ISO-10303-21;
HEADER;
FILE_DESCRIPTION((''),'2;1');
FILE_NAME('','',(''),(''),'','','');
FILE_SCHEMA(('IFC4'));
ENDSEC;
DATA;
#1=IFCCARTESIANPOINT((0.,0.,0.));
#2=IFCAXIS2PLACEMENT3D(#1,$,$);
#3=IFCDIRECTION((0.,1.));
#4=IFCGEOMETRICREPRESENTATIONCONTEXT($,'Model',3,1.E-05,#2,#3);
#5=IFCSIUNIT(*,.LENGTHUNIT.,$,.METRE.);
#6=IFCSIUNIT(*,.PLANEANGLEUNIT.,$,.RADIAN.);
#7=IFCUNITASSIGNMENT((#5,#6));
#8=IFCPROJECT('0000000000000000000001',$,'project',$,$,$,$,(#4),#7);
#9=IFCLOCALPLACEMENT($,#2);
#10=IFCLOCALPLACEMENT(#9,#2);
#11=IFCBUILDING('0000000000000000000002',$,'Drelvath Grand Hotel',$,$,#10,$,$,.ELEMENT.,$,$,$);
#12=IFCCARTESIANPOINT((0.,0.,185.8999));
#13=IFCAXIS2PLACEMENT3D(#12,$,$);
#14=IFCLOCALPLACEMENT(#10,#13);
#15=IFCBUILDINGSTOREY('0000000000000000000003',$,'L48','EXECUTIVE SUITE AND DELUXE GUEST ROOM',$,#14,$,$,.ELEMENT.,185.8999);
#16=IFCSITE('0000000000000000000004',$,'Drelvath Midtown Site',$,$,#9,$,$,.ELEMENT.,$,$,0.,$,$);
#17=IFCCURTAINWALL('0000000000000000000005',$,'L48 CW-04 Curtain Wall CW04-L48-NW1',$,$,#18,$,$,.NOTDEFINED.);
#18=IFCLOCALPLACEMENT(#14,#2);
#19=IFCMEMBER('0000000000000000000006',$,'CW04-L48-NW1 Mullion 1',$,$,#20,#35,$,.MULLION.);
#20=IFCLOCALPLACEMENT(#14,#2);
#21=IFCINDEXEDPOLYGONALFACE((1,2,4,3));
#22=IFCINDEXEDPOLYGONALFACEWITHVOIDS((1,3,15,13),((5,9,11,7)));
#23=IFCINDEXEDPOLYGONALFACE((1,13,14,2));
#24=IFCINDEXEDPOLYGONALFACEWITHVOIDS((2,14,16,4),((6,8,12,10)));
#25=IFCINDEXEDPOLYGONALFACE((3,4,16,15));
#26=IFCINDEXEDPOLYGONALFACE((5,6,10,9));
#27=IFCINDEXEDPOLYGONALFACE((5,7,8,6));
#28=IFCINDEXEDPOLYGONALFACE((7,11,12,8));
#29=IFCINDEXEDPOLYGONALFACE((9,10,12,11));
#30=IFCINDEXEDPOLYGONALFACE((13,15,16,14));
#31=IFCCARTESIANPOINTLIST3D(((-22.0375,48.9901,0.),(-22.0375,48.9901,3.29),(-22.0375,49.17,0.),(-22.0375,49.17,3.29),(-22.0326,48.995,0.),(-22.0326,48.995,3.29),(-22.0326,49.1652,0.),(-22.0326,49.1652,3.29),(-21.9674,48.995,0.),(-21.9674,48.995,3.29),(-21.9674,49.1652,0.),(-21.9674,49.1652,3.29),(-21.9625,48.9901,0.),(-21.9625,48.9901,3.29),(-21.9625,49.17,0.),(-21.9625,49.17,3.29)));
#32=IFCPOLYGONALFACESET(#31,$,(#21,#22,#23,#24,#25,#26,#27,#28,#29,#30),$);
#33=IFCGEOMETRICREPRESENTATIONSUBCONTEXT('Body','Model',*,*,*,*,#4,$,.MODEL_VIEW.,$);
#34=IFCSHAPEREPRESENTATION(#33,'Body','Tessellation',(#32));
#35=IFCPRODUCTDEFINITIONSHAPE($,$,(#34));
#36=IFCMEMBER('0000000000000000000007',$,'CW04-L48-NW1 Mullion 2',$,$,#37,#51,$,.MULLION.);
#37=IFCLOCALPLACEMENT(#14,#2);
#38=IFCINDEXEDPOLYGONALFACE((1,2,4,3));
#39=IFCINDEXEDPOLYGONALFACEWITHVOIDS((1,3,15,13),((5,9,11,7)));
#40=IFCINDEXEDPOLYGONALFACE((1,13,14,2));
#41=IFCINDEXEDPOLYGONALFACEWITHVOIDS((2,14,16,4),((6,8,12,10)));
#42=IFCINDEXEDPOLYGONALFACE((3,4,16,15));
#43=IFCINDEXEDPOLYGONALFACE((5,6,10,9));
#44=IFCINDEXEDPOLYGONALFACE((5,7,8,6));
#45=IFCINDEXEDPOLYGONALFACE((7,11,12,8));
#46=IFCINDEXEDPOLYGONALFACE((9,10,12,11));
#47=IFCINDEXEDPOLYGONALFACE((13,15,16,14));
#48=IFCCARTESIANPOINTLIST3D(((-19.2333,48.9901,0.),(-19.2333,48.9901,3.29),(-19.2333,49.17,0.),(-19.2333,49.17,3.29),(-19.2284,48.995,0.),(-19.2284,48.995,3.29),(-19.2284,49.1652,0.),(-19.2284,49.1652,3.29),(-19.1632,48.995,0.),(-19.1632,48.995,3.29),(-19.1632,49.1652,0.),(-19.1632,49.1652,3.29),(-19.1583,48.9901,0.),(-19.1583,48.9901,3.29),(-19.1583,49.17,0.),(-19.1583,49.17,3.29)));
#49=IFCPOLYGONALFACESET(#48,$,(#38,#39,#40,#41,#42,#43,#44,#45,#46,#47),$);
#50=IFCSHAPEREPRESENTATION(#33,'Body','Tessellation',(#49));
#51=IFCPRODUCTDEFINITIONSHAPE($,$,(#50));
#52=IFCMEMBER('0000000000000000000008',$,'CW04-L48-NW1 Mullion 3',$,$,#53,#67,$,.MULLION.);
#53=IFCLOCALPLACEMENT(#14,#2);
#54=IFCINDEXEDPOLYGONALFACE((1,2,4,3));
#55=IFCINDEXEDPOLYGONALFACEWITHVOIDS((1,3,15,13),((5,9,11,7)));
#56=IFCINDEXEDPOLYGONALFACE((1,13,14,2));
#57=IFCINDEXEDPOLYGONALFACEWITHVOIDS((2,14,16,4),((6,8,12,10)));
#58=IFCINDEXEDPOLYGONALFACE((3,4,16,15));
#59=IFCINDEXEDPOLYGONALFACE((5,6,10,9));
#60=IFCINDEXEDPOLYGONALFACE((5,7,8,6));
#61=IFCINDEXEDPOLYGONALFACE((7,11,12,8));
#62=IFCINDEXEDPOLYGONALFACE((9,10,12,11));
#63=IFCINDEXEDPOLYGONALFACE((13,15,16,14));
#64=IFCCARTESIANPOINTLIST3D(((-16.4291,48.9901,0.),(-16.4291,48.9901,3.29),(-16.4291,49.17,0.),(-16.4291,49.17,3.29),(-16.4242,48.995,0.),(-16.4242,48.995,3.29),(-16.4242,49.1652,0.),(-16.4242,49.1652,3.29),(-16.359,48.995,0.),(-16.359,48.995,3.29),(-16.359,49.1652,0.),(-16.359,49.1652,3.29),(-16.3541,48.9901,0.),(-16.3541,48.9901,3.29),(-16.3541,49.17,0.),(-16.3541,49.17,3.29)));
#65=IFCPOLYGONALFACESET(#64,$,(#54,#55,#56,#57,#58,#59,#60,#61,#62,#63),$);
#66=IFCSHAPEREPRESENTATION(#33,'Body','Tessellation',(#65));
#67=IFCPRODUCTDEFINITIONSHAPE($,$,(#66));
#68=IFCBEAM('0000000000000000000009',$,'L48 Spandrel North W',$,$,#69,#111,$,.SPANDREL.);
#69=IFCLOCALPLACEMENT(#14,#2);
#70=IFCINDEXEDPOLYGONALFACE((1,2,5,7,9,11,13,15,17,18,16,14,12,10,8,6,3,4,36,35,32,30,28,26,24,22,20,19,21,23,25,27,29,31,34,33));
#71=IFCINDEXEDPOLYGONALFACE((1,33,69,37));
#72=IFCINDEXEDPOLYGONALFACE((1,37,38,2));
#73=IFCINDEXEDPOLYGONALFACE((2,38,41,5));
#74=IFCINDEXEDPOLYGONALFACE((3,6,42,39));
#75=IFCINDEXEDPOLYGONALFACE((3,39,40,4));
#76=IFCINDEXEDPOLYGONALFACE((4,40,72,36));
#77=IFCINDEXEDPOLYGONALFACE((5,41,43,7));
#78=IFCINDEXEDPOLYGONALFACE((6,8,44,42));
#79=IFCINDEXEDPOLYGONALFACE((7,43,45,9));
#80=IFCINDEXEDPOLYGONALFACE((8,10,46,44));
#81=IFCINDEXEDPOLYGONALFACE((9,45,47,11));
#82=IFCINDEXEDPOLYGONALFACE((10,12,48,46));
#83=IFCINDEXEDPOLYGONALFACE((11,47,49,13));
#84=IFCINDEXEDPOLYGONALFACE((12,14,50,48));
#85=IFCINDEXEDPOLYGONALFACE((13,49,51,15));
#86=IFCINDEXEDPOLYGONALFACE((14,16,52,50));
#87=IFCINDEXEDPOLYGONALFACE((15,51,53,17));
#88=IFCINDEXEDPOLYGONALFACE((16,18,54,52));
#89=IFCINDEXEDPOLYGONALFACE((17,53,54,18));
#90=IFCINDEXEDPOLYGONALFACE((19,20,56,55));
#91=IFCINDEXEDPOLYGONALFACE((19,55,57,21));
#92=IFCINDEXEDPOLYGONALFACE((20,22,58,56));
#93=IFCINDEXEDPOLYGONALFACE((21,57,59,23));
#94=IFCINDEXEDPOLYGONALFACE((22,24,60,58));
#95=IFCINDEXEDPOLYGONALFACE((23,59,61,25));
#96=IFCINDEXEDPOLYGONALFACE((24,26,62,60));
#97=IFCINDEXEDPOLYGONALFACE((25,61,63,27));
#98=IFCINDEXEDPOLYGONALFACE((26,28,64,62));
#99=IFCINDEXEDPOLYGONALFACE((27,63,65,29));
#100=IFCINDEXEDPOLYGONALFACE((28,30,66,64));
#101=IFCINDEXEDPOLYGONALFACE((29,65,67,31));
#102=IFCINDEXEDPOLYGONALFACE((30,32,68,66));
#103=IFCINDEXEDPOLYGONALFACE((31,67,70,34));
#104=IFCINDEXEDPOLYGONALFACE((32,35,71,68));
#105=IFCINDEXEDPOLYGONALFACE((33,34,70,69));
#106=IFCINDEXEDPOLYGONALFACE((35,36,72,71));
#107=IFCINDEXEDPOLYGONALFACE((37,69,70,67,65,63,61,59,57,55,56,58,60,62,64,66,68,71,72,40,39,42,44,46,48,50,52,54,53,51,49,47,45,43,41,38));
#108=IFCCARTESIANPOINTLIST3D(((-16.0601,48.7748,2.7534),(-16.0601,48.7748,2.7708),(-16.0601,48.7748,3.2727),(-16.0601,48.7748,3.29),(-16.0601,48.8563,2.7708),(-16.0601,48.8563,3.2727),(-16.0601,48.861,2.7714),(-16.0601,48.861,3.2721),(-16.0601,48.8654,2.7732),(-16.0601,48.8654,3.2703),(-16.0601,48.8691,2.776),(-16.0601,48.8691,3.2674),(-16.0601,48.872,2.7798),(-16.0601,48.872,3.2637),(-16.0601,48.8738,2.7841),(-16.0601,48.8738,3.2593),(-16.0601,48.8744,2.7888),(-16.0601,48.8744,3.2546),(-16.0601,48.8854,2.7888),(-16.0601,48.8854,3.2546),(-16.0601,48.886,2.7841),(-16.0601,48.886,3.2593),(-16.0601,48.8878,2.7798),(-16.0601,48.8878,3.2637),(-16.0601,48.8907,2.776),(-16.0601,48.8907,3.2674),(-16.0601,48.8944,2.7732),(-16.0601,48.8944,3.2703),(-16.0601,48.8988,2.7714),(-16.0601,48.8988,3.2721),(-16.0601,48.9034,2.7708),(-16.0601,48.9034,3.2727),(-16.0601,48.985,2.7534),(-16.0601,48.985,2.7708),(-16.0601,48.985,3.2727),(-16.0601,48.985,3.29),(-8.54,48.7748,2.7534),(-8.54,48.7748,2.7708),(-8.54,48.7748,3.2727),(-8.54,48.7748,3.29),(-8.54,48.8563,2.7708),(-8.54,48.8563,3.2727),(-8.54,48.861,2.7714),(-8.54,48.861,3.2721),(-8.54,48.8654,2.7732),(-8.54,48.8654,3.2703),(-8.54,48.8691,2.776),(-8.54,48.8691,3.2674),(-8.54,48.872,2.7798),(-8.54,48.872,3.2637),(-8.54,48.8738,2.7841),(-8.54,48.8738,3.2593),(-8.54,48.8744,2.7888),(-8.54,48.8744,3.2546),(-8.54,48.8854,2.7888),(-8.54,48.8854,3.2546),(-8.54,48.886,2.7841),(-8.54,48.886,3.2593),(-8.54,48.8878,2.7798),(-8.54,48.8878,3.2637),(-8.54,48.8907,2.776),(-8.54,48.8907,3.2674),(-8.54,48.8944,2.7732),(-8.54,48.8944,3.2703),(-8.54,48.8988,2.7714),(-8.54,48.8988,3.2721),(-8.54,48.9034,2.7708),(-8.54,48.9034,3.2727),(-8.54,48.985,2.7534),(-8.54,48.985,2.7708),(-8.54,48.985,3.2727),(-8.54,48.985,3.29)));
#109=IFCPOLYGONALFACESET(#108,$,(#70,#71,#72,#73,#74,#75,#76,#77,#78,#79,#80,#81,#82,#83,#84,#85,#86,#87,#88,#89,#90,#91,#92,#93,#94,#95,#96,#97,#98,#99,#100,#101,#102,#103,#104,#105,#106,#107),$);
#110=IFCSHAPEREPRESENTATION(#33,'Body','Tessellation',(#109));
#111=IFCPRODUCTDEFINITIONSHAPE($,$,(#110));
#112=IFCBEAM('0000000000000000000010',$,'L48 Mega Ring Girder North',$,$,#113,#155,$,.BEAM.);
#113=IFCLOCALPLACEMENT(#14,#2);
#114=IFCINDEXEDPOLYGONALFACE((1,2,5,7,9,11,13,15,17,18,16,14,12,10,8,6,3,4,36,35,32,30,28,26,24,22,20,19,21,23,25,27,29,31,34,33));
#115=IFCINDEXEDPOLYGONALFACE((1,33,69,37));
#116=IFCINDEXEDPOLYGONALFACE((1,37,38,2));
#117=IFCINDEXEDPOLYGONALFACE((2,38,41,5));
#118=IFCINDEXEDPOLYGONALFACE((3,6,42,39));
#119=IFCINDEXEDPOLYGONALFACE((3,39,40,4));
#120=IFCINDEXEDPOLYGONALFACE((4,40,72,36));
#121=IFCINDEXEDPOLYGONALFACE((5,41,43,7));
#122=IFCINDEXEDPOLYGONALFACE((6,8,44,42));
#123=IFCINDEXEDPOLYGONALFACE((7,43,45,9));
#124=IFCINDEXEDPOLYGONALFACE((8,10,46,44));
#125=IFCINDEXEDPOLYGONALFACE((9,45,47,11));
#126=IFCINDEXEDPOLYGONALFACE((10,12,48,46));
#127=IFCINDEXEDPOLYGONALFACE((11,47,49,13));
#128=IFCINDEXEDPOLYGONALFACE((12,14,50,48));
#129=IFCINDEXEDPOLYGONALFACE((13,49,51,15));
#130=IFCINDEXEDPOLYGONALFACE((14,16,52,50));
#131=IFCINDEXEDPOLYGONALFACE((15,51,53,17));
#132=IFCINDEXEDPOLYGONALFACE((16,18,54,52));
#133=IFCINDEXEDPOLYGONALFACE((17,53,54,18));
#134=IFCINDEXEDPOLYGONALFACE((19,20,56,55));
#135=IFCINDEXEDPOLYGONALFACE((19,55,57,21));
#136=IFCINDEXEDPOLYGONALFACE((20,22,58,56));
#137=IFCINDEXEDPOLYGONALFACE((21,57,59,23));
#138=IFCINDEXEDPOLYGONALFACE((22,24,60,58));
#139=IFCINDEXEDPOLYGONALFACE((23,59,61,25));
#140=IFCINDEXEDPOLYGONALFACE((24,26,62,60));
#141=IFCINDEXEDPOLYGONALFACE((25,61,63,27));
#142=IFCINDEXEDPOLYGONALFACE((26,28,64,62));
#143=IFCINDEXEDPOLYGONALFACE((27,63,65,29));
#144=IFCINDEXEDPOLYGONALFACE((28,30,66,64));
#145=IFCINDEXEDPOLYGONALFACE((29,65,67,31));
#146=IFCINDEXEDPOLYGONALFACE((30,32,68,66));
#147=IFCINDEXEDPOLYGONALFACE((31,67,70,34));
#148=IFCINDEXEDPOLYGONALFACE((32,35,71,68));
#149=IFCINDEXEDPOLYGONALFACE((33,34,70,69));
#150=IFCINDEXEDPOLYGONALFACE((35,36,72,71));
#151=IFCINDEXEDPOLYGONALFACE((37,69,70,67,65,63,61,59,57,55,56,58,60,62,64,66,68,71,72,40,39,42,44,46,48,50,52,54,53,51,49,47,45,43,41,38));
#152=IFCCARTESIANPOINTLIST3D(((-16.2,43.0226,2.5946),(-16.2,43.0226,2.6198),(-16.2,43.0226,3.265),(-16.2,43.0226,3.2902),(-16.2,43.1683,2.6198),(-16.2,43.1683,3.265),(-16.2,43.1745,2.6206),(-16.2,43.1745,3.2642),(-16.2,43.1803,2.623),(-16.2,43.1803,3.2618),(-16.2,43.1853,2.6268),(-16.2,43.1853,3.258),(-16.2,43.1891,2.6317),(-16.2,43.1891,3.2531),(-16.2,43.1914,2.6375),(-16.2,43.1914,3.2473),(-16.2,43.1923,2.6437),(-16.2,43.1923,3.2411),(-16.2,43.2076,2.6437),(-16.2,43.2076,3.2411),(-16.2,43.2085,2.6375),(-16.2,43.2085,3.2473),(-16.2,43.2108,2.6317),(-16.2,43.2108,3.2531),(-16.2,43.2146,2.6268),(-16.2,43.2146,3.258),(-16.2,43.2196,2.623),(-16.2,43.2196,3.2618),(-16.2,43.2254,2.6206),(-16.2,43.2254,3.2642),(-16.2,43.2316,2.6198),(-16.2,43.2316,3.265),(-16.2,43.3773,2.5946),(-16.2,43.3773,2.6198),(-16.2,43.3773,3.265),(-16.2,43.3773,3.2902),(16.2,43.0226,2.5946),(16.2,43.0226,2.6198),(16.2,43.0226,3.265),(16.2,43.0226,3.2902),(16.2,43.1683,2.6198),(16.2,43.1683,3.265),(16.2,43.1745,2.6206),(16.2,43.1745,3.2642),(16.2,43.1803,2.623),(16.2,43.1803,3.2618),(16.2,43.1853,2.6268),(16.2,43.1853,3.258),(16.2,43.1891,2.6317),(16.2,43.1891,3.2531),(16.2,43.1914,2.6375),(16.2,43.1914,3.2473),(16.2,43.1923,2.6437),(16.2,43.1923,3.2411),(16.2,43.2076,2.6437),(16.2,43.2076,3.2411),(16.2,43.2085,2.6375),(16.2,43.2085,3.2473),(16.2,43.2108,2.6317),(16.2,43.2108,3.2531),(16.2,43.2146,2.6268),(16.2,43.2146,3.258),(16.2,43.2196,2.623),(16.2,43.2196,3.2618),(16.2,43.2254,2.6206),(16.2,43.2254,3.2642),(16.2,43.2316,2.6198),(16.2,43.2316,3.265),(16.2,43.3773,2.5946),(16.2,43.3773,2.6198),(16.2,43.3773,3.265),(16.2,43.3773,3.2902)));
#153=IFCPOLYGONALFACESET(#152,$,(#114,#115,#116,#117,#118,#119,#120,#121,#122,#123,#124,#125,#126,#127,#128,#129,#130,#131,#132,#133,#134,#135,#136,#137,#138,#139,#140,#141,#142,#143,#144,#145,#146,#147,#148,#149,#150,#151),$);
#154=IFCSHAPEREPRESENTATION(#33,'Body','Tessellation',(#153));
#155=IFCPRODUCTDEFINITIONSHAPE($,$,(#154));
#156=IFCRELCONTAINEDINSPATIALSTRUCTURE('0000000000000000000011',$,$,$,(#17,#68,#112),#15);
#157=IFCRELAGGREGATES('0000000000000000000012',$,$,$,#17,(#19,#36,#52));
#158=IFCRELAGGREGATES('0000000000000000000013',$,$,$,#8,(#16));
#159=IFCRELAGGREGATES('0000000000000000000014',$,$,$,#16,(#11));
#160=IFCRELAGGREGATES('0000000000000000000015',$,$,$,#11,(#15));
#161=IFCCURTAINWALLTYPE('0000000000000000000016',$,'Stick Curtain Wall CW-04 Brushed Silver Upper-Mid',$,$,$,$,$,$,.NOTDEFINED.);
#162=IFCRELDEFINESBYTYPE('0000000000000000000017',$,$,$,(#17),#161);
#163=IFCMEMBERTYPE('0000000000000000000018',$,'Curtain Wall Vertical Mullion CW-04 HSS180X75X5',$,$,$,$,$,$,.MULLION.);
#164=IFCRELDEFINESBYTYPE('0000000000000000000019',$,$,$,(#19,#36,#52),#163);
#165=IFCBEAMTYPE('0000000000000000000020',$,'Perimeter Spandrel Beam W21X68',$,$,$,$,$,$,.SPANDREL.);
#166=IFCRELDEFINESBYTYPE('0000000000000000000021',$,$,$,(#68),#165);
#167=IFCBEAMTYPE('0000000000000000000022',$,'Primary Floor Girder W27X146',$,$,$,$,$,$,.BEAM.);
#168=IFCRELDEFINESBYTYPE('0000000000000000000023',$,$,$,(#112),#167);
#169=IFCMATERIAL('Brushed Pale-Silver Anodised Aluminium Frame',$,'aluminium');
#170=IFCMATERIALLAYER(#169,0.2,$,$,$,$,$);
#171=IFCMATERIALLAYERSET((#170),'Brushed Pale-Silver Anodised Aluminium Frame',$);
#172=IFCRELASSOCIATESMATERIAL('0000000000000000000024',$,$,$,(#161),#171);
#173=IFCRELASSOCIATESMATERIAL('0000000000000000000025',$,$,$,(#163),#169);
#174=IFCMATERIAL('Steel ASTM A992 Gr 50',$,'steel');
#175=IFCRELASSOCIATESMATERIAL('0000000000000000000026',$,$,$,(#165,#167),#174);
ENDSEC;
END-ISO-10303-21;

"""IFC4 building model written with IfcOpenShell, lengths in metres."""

from ifc_helpers import new_model, si_unit, direction, frame, origin, origin_2d, place, context, subcontext, project, spatial, hollow_rectangle, i_section, extrude, material, layer, layer_set, material_profile, profile_set, type_object, element, aggregate, save


model = new_model("IFC4")

# Units and contexts
model_context = context("Model", 3, precision=1e-05, world=origin(), true_north=direction((0.0, 1.0)))
body_context = subcontext(model_context, "Body", "Model", "MODEL_VIEW")
ifc_project = project(units=[si_unit("LENGTHUNIT", "METRE"), si_unit("PLANEANGLEUNIT", "RADIAN")], contexts=[model_context])

# Site, building, storey
site_placement = place(None, origin())
site = spatial("IfcSite", under=ifc_project, at=site_placement, Name="Drelvath Midtown Site", CompositionType="ELEMENT", RefElevation=0.0)
building_placement = place(site_placement, origin())
building = spatial("IfcBuilding", under=site, at=building_placement, Name="Drelvath Grand Hotel", CompositionType="ELEMENT")
storey_placement = place(building_placement, frame((0.0, 0.0, 185.8999)))
storey = spatial("IfcBuildingStorey", under=building, at=storey_placement, Name="L48", Description="EXECUTIVE SUITE AND DELUXE GUEST ROOM", CompositionType="ELEMENT", Elevation=185.8999)

# Shared definitions
ifc_material_1 = material(Name="Steel ASTM A992 Gr 50", Category="steel")

# Curtain wall, members
ifc_material_2 = material(Name="Brushed Pale-Silver Anodised Aluminium Frame", Category="aluminium")
ifc_layer_1 = layer(ifc_material_2, 0.2)
ifc_layer_set_1 = layer_set([ifc_layer_1], Name="Brushed Pale-Silver Anodised Aluminium Frame")
curtain_wall_type = type_object("IfcCurtainWallType", Name="Stick Curtain Wall CW-04 Brushed Silver Upper-Mid", PredefinedType="NOTDEFINED", material=ifc_layer_set_1)
curtain_wall_placement = place(storey_placement, origin())
curtain_wall = element("IfcCurtainWall", 1, at=curtain_wall_placement, inside=storey, type_object=curtain_wall_type, Name="L48 CW-04 Curtain Wall CW04-L48-NW1", PredefinedType="NOTDEFINED")
ifc_material_profile_1 = material_profile(ifc_material_2, hollow_rectangle(XDim=0.075, YDim=0.1799, WallThickness=0.0049, at=origin_2d()), Name="HSS180X75X5")
ifc_profile_set_1 = profile_set([ifc_material_profile_1], Name="Brushed Pale-Silver Anodised Aluminium Frame")
member_type_1 = type_object("IfcMemberType", Name="Curtain Wall Vertical Mullion CW-04 HSS180X75X5", PredefinedType="MULLION", material=ifc_profile_set_1)
member_1_placement = place(storey_placement, frame((-22.0, 49.0801, 0.0), z_axis=(0.0, 0.0, 1.0), x_axis=(1.0, 0.0, 0.0)))
member_1 = element("IfcMember", 2, at=member_1_placement, type_object=member_type_1, Name="CW04-L48-NW1 Mullion 1", PredefinedType="MULLION", context=body_context, shape_type="SweptSolid", body=[
    extrude(hollow_rectangle(XDim=0.075, YDim=0.1799, WallThickness=0.0049, at=origin_2d()), origin(), (0.0, 0.0, 1.0), 3.29),
])
member_2_placement = place(storey_placement, frame((-19.1958, 49.0801, 0.0), z_axis=(0.0, 0.0, 1.0), x_axis=(1.0, 0.0, 0.0)))
member_2 = element("IfcMember", 3, at=member_2_placement, type_object=member_type_1, Name="CW04-L48-NW1 Mullion 2", PredefinedType="MULLION", context=body_context, shape_type="SweptSolid", body=[
    extrude(hollow_rectangle(XDim=0.075, YDim=0.1799, WallThickness=0.0049, at=origin_2d()), origin(), (0.0, 0.0, 1.0), 3.29),
])
member_3_placement = place(storey_placement, frame((-16.3916, 49.0801, 0.0), z_axis=(0.0, 0.0, 1.0), x_axis=(1.0, 0.0, 0.0)))
member_3 = element("IfcMember", 4, at=member_3_placement, type_object=member_type_1, Name="CW04-L48-NW1 Mullion 3", PredefinedType="MULLION", context=body_context, shape_type="SweptSolid", body=[
    extrude(hollow_rectangle(XDim=0.075, YDim=0.1799, WallThickness=0.0049, at=origin_2d()), origin(), (0.0, 0.0, 1.0), 3.29),
])

# Beams
ifc_material_profile_2 = material_profile(ifc_material_1, i_section(OverallWidth=0.2102, OverallDepth=0.5366, WebThickness=0.011, FlangeThickness=0.0173, FilletRadius=0.0181, at=origin_2d()), Name="W21X68")
ifc_profile_set_2 = profile_set([ifc_material_profile_2], Name="Steel ASTM A992 Gr 50")
beam_type_1 = type_object("IfcBeamType", Name="Perimeter Spandrel Beam W21X68", PredefinedType="SPANDREL", material=ifc_profile_set_2)
beam_1_placement = place(storey_placement, frame((-16.0601, 48.8799, 3.0217), z_axis=(1.0, 0.0, 0.0), x_axis=(0.0, 1.0, 0.0)))
element("IfcBeam", 5, at=beam_1_placement, inside=storey, type_object=beam_type_1, Name="L48 Spandrel North W", PredefinedType="SPANDREL", context=body_context, shape_type="SweptSolid", body=[
    extrude(i_section(OverallWidth=0.2102, OverallDepth=0.5366, WebThickness=0.011, FlangeThickness=0.0173, FilletRadius=0.0181, at=origin_2d()), origin(), (0.0, 0.0, 1.0), 7.52),
])
ifc_material_profile_3 = material_profile(ifc_material_1, i_section(OverallWidth=0.3547, OverallDepth=0.6956, WebThickness=0.0154, FlangeThickness=0.0251, FilletRadius=0.0239, at=origin_2d()), Name="W27X146")
ifc_profile_set_3 = profile_set([ifc_material_profile_3], Name="Steel ASTM A992 Gr 50")
beam_type_2 = type_object("IfcBeamType", Name="Primary Floor Girder W27X146", PredefinedType="BEAM", material=ifc_profile_set_3)
beam_2_placement = place(storey_placement, frame((-16.2, 43.2, 2.9424), z_axis=(1.0, 0.0, 0.0), x_axis=(0.0, 1.0, 0.0)))
element("IfcBeam", 6, at=beam_2_placement, inside=storey, type_object=beam_type_2, Name="L48 Mega Ring Girder North", PredefinedType="BEAM", context=body_context, shape_type="SweptSolid", body=[
    extrude(i_section(OverallWidth=0.3547, OverallDepth=0.6956, WebThickness=0.0154, FlangeThickness=0.0251, FilletRadius=0.0239, at=origin_2d()), origin(), (0.0, 0.0, 1.0), 32.3999),
])

aggregate(curtain_wall, [member_1, member_2, member_3])

save(model, "model.ifc")
